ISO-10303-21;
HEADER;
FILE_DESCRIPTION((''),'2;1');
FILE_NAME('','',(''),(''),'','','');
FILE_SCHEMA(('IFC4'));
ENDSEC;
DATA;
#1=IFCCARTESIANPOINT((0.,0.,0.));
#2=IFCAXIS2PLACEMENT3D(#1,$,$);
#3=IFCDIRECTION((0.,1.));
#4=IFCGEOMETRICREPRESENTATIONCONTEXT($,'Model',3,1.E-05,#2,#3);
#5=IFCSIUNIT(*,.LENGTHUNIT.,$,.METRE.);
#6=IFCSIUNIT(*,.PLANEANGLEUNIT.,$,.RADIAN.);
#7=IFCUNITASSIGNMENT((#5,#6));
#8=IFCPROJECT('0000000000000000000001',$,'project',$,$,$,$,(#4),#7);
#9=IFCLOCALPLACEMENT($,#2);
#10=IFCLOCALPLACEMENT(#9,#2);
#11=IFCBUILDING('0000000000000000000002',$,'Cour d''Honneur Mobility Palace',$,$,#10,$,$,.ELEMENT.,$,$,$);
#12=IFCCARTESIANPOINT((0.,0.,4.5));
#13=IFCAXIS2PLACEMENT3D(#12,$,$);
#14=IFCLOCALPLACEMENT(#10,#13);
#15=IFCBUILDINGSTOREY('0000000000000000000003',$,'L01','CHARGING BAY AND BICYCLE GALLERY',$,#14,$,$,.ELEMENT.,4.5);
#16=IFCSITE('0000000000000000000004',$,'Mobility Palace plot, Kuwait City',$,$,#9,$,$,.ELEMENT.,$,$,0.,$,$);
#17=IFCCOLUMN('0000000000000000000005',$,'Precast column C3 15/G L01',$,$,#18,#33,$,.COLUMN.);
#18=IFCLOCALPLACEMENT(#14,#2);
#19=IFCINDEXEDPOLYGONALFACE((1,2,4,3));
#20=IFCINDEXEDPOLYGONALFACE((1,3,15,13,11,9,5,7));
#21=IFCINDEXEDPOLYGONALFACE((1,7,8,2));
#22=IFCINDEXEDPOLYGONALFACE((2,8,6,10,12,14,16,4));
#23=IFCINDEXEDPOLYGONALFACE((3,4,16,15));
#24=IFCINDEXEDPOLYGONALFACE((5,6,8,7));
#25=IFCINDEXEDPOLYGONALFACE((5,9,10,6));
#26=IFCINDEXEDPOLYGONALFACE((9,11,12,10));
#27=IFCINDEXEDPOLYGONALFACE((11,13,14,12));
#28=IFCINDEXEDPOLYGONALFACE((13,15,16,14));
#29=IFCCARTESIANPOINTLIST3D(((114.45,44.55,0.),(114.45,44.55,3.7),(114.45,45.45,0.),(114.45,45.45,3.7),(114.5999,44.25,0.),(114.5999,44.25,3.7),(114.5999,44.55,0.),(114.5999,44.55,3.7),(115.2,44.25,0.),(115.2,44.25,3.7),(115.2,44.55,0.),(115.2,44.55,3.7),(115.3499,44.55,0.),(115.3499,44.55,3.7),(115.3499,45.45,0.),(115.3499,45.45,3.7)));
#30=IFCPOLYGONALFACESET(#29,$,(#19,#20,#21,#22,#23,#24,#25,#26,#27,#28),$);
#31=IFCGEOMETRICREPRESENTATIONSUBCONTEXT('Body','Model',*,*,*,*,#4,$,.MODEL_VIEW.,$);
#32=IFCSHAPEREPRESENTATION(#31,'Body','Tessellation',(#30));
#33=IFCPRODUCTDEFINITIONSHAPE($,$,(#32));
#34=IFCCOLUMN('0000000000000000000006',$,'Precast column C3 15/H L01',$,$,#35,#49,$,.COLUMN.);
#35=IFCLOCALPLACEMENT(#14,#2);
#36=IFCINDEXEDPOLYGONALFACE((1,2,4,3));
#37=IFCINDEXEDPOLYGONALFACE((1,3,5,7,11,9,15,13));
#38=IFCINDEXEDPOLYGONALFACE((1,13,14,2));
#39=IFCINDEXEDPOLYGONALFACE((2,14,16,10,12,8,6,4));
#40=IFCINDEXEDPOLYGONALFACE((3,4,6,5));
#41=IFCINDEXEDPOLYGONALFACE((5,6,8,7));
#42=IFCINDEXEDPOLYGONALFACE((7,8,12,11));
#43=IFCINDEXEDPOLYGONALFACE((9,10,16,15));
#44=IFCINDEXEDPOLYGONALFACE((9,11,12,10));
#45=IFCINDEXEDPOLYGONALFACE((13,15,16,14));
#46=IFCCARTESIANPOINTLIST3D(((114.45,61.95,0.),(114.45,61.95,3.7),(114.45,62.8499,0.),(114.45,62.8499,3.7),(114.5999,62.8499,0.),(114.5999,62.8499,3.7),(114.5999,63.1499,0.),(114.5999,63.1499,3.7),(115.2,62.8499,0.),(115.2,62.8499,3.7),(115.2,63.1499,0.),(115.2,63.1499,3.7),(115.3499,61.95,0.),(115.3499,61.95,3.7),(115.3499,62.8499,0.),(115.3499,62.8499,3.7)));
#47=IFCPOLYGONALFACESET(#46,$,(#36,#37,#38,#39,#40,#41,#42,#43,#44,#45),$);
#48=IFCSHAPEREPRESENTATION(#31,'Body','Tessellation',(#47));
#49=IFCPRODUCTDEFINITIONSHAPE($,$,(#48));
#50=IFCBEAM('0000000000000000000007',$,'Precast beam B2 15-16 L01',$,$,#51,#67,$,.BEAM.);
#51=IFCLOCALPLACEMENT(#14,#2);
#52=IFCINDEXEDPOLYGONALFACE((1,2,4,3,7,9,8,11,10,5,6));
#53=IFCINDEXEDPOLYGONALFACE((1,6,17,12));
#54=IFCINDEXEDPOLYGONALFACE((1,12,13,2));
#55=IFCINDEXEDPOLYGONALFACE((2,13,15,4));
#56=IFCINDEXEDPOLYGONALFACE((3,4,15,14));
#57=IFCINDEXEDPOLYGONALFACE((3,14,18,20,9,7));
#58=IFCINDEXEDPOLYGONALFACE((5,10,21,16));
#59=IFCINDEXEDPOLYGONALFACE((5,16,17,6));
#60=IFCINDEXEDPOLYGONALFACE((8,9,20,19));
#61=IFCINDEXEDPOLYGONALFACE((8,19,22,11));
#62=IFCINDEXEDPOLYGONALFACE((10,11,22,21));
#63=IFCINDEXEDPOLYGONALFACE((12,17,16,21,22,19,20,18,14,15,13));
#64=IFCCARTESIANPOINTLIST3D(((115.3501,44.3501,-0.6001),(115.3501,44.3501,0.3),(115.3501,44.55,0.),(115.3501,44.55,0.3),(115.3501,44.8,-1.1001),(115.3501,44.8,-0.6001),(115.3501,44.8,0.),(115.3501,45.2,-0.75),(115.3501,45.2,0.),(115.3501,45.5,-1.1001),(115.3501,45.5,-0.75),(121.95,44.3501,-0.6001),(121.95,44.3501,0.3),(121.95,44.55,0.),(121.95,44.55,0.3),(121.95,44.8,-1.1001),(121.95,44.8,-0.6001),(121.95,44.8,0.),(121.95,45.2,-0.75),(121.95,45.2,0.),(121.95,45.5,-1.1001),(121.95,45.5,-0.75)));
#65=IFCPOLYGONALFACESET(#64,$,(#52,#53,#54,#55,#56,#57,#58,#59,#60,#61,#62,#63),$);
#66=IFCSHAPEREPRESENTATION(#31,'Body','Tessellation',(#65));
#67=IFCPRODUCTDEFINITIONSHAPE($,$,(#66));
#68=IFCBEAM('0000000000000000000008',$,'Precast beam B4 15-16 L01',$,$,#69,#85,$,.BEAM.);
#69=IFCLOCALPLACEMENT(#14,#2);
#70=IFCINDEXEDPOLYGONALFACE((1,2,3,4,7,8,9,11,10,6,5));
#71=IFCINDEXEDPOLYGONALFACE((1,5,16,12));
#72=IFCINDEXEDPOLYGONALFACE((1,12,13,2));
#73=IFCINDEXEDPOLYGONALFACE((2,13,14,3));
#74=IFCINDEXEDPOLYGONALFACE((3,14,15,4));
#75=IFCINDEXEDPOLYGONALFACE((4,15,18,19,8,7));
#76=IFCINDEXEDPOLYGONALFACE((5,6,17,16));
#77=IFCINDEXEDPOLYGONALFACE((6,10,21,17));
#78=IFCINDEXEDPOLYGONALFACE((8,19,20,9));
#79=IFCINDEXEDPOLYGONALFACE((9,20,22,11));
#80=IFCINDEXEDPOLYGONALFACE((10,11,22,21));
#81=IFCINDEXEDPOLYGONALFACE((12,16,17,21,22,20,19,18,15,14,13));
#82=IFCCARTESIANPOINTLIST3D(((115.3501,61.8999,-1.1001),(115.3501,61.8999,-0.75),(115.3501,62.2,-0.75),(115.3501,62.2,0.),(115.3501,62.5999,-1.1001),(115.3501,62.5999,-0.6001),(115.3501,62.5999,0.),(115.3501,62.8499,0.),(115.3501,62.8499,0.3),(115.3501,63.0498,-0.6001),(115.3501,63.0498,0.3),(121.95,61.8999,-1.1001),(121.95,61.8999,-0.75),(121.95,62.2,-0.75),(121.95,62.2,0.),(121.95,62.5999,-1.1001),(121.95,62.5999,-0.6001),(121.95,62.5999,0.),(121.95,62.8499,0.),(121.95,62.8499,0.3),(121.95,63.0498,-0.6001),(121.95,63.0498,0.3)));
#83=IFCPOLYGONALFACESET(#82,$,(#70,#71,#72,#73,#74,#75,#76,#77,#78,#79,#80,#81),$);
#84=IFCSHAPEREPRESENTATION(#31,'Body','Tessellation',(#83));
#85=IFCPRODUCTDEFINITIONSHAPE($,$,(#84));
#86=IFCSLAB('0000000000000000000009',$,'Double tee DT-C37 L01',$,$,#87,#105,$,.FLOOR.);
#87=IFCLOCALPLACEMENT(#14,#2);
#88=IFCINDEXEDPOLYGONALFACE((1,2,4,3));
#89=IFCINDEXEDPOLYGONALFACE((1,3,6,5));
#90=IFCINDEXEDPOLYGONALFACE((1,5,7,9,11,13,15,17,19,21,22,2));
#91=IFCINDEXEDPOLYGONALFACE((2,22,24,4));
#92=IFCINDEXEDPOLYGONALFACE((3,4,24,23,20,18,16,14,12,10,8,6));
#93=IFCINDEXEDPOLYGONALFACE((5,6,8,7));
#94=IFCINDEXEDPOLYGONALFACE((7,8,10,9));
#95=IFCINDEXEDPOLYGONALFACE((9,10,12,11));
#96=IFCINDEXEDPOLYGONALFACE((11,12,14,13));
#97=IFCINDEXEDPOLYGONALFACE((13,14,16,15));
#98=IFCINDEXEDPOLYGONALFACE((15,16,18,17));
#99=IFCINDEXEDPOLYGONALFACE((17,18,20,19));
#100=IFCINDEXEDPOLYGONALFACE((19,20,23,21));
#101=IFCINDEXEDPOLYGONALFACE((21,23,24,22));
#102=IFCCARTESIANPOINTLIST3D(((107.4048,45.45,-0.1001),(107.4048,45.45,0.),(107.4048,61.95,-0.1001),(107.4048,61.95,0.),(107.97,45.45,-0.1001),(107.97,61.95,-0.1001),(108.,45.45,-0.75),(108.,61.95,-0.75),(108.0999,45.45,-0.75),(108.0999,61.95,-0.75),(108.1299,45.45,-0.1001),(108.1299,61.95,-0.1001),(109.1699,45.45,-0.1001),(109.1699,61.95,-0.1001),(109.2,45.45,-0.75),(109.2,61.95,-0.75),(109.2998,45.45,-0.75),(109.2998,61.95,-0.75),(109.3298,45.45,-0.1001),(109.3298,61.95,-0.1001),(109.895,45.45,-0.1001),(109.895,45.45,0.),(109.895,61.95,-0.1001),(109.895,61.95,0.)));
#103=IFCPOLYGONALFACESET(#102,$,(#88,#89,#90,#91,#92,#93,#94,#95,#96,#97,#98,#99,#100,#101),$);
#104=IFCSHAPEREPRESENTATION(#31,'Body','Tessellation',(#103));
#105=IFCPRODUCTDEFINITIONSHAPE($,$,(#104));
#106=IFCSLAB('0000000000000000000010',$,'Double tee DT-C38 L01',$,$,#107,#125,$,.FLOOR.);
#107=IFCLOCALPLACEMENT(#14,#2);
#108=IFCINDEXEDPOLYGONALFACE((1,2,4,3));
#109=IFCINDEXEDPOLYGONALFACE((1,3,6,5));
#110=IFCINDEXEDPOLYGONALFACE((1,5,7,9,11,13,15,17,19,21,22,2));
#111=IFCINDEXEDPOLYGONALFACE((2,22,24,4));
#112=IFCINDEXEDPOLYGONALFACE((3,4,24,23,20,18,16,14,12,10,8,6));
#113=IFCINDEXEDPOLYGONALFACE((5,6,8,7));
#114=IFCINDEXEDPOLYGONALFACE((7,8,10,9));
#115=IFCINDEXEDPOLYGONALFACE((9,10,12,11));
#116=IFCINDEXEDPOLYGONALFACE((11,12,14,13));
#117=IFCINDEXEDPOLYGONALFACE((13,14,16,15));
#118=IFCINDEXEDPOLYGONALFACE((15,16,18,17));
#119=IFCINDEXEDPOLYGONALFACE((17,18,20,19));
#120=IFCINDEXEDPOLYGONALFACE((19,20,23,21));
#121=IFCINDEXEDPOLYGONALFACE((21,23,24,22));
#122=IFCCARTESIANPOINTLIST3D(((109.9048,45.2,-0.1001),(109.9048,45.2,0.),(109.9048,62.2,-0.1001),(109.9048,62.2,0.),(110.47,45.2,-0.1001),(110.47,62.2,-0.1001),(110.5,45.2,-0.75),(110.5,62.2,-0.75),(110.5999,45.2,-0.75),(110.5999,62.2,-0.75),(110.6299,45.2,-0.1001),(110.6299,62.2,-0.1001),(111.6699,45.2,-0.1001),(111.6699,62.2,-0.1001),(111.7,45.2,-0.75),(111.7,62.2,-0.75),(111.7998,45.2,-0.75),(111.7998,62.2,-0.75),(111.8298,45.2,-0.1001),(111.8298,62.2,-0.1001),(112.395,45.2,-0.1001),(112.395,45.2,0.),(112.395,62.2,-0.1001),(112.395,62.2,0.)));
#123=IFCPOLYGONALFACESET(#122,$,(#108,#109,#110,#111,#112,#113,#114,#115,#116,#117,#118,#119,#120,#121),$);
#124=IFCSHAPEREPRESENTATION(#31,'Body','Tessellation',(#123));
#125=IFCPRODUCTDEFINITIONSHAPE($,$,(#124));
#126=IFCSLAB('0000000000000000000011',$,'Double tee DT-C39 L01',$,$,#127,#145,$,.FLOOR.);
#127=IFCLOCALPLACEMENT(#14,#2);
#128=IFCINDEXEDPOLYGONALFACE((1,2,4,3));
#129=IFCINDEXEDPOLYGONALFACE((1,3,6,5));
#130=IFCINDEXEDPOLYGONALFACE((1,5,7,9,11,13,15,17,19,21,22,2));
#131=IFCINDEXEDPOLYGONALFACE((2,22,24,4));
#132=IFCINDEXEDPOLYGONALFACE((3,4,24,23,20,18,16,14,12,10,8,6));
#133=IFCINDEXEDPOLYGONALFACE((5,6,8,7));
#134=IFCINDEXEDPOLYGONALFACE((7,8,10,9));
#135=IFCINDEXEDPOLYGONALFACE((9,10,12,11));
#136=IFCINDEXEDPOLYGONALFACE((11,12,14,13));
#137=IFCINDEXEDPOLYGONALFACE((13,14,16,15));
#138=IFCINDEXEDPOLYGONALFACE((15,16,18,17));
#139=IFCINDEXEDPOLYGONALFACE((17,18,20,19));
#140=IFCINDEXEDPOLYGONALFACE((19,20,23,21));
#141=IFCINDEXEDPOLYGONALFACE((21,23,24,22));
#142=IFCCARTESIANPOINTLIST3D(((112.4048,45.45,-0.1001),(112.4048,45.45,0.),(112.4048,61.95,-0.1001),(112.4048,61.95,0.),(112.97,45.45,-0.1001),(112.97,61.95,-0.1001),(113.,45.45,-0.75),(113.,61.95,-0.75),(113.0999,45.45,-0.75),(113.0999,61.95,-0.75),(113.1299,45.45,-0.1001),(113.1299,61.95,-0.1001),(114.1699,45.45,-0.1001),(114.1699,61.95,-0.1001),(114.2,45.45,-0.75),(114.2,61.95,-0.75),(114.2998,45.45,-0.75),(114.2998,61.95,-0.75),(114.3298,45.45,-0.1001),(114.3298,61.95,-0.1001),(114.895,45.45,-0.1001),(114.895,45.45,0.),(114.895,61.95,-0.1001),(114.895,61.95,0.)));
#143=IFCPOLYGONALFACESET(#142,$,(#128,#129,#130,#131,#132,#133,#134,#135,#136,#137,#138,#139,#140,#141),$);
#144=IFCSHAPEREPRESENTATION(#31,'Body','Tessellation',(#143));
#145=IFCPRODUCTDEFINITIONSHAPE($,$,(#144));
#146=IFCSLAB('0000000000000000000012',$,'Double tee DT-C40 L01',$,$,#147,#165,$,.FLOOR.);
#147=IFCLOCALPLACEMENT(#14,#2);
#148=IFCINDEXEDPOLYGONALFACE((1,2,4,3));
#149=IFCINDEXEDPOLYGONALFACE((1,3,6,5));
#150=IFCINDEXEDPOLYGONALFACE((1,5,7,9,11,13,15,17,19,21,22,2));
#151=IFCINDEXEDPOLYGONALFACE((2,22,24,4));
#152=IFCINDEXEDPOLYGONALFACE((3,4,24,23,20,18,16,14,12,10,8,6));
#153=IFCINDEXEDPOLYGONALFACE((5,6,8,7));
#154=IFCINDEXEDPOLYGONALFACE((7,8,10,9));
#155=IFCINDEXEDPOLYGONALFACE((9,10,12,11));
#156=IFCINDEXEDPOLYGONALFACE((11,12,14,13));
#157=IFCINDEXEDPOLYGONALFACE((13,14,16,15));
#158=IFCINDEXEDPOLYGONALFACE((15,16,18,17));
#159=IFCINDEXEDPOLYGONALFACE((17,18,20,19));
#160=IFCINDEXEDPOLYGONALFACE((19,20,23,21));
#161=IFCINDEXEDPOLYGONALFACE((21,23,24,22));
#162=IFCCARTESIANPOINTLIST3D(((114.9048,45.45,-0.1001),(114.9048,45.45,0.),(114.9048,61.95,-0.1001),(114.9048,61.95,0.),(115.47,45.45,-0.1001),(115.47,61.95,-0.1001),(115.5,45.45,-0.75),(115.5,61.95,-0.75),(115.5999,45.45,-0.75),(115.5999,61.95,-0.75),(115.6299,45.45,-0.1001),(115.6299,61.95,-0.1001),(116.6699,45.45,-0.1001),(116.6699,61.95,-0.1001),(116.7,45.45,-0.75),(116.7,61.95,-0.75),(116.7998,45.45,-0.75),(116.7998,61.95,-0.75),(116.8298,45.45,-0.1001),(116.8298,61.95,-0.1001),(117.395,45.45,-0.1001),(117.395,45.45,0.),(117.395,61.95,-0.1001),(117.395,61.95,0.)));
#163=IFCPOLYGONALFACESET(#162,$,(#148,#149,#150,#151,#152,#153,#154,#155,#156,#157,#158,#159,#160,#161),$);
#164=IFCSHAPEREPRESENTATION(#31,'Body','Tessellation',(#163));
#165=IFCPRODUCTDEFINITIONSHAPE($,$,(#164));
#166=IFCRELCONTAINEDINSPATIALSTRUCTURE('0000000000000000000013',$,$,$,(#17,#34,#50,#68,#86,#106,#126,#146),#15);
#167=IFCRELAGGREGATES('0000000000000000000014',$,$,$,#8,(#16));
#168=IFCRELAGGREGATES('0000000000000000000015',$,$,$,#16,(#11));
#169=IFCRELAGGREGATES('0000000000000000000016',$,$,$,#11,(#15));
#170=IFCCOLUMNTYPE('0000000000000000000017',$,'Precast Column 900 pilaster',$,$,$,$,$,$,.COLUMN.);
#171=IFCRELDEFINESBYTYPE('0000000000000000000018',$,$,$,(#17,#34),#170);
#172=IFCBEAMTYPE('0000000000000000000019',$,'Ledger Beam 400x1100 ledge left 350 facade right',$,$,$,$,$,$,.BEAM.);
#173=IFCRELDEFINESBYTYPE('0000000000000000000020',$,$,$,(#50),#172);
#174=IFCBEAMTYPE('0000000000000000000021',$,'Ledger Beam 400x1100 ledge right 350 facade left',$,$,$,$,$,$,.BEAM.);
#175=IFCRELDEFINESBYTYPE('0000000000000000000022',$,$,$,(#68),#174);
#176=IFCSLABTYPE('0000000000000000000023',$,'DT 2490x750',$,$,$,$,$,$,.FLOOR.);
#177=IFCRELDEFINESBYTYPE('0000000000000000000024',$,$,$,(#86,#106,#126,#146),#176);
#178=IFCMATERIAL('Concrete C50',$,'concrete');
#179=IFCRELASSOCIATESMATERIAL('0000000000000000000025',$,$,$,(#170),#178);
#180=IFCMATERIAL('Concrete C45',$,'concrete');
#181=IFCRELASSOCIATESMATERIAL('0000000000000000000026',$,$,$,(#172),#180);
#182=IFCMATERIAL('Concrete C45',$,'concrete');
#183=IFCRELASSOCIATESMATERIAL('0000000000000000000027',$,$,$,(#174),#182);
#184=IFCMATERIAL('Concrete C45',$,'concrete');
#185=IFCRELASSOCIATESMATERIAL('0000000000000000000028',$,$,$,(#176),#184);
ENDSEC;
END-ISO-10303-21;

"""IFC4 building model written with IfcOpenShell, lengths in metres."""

from ifc_helpers import new_model, si_unit, direction, frame, origin, place, context, subcontext, project, spatial, polyline, outline, extrude, material, material_profile, profile_set, type_object, element, save


model = new_model("IFC4")

# Units and contexts
model_context = context("Model", 3, precision=1e-05, world=origin(), true_north=direction((0.0, 1.0)))
body_context = subcontext(model_context, "Body", "Model", "MODEL_VIEW")
ifc_project = project(units=[si_unit("LENGTHUNIT", "METRE"), si_unit("PLANEANGLEUNIT", "RADIAN")], contexts=[model_context])

# Site, building, storey
site_placement = place(None, origin())
site = spatial("IfcSite", under=ifc_project, at=site_placement, Name="Mobility Palace plot, Kuwait City", CompositionType="ELEMENT", RefElevation=0.0)
building_placement = place(site_placement, origin())
building = spatial("IfcBuilding", under=site, at=building_placement, Name="Cour d'Honneur Mobility Palace", CompositionType="ELEMENT")
storey_placement = place(building_placement, frame((0.0, 0.0, 4.5)))
storey = spatial("IfcBuildingStorey", under=building, at=storey_placement, Name="L01", Description="CHARGING BAY AND BICYCLE GALLERY", CompositionType="ELEMENT", Elevation=4.5)

# Columns
ifc_material_1 = material(Name="Concrete C50", Category="concrete")
ifc_material_profile_1 = material_profile(ifc_material_1, outline(polyline([(-0.45, -0.45), (0.45, -0.45), (0.45, -0.3), (0.75, -0.3), (0.75, 0.3), (0.45, 0.3), (0.45, 0.45), (-0.45, 0.45), (-0.45, -0.45)])), Name="PC C900 pilaster")
ifc_profile_set_1 = profile_set([ifc_material_profile_1], Name="Concrete C50")
column_type = type_object("IfcColumnType", Name="Precast Column 900 pilaster", PredefinedType="COLUMN", material=ifc_profile_set_1)
for number, where, z_axis, x_axis, name in (
    (1, (114.8999, 45.0, 0.0), (0.0, 0.0, 1.0), (0.0, -1.0, 0.0), "Precast column C3 15/G L01"),
    (2, (114.8999, 62.3999, 0.0), (0.0, 0.0, 1.0), (0.0, 1.0, 0.0), "Precast column C3 15/H L01"),
):
    element("IfcColumn", number, at=place(storey_placement, frame(where, z_axis=z_axis, x_axis=x_axis)), inside=storey, type_object=column_type, Name=name, PredefinedType="COLUMN", context=body_context, shape_type="SweptSolid", body=[
        extrude(outline(polyline([(-0.45, -0.45), (0.45, -0.45), (0.45, -0.3), (0.75, -0.3), (0.75, 0.3), (0.45, 0.3), (0.45, 0.45), (-0.45, 0.45), (-0.45, -0.45)])), origin(), (0.0, 0.0, 1.0), 3.7),
    ])

# Beams
ifc_material_2 = material(Name="Concrete C45", Category="concrete")
ifc_material_profile_2 = material_profile(ifc_material_2, outline(polyline([(0.5, -1.1001), (0.5, -0.75), (0.2, -0.75), (0.2, 0.0), (-0.2, 0.0), (-0.45, 0.0), (-0.45, 0.3), (-0.6499, 0.3), (-0.6499, -0.6001), (-0.2, -0.6001), (-0.2, -1.1001), (0.5, -1.1001)])), Name="Ledger Beam 400x1100 ledge left 350 facade right")
ifc_profile_set_2 = profile_set([ifc_material_profile_2], Name="Concrete C45")
beam_type_1 = type_object("IfcBeamType", Name="Ledger Beam 400x1100 ledge left 350 facade right", PredefinedType="BEAM", material=ifc_profile_set_2)
beam_1_placement = place(storey_placement, frame((115.3501, 45.0, 0.0), z_axis=(1.0, 0.0, 0.0), x_axis=(0.0, 1.0, 0.0)))
element("IfcBeam", 3, at=beam_1_placement, inside=storey, type_object=beam_type_1, Name="Precast beam B2 15-16 L01", PredefinedType="BEAM", context=body_context, shape_type="SweptSolid", body=[
    extrude(outline(polyline([(0.5, -1.1001), (0.5, -0.75), (0.2, -0.75), (0.2, 0.0), (-0.2, 0.0), (-0.45, 0.0), (-0.45, 0.3), (-0.6499, 0.3), (-0.6499, -0.6001), (-0.2, -0.6001), (-0.2, -1.1001), (0.5, -1.1001)])), origin(), (0.0, 0.0, 1.0), 6.5999),
])
ifc_material_3 = material(Name="Concrete C45", Category="concrete")
ifc_material_profile_3 = material_profile(ifc_material_3, outline(polyline([(0.2, -1.1001), (0.2, -0.6001), (0.6499, -0.6001), (0.6499, 0.3), (0.45, 0.3), (0.45, 0.0), (0.2, 0.0), (-0.2, 0.0), (-0.2, -0.75), (-0.5, -0.75), (-0.5, -1.1001), (0.2, -1.1001)])), Name="Ledger Beam 400x1100 ledge right 350 facade left")
ifc_profile_set_3 = profile_set([ifc_material_profile_3], Name="Concrete C45")
beam_type_2 = type_object("IfcBeamType", Name="Ledger Beam 400x1100 ledge right 350 facade left", PredefinedType="BEAM", material=ifc_profile_set_3)
beam_2_placement = place(storey_placement, frame((115.3501, 62.3999, 0.0), z_axis=(1.0, 0.0, 0.0), x_axis=(0.0, 1.0, 0.0)))
element("IfcBeam", 4, at=beam_2_placement, inside=storey, type_object=beam_type_2, Name="Precast beam B4 15-16 L01", PredefinedType="BEAM", context=body_context, shape_type="SweptSolid", body=[
    extrude(outline(polyline([(0.2, -1.1001), (0.2, -0.6001), (0.6499, -0.6001), (0.6499, 0.3), (0.45, 0.3), (0.45, 0.0), (0.2, 0.0), (-0.2, 0.0), (-0.2, -0.75), (-0.5, -0.75), (-0.5, -1.1001), (0.2, -1.1001)])), origin(), (0.0, 0.0, 1.0), 6.5999),
])

# Slabs
ifc_material_4 = material(Name="Concrete C45", Category="concrete")
ifc_material_profile_4 = material_profile(ifc_material_4, outline(polyline([(-1.2451, 0.0), (1.2451, 0.0), (1.2451, -0.1001), (0.6799, -0.1001), (0.6499, -0.75), (0.55, -0.75), (0.52, -0.1001), (-0.52, -0.1001), (-0.55, -0.75), (-0.6499, -0.75), (-0.6799, -0.1001), (-1.2451, -0.1001), (-1.2451, 0.0)])), Name="DT 2490x750")
ifc_profile_set_4 = profile_set([ifc_material_profile_4], Name="Concrete C45")
slab_type = type_object("IfcSlabType", Name="DT 2490x750", PredefinedType="FLOOR", material=ifc_profile_set_4)
slab_1_placement = place(storey_placement, frame((108.6499, 45.45, 0.0), z_axis=(0.0, 1.0, 0.0), x_axis=(-1.0, 0.0, 0.0)))
element("IfcSlab", 5, at=slab_1_placement, inside=storey, type_object=slab_type, Name="Double tee DT-C37 L01", PredefinedType="FLOOR", context=body_context, shape_type="SweptSolid", body=[
    extrude(outline(polyline([(-1.2451, 0.0), (1.2451, 0.0), (1.2451, -0.1001), (0.6799, -0.1001), (0.6499, -0.75), (0.55, -0.75), (0.52, -0.1001), (-0.52, -0.1001), (-0.55, -0.75), (-0.6499, -0.75), (-0.6799, -0.1001), (-1.2451, -0.1001), (-1.2451, 0.0)])), origin(), (0.0, 0.0, 1.0), 16.5),
])
slab_2_placement = place(storey_placement, frame((111.1499, 45.2, 0.0), z_axis=(0.0, 1.0, 0.0), x_axis=(-1.0, 0.0, 0.0)))
element("IfcSlab", 6, at=slab_2_placement, inside=storey, type_object=slab_type, Name="Double tee DT-C38 L01", PredefinedType="FLOOR", context=body_context, shape_type="SweptSolid", body=[
    extrude(outline(polyline([(-1.2451, 0.0), (1.2451, 0.0), (1.2451, -0.1001), (0.6799, -0.1001), (0.6499, -0.75), (0.55, -0.75), (0.52, -0.1001), (-0.52, -0.1001), (-0.55, -0.75), (-0.6499, -0.75), (-0.6799, -0.1001), (-1.2451, -0.1001), (-1.2451, 0.0)])), origin(), (0.0, 0.0, 1.0), 17.0),
])
for number, where, z_axis, x_axis, name in (
    (7, (113.6499, 45.45, 0.0), (0.0, 1.0, 0.0), (-1.0, 0.0, 0.0), "Double tee DT-C39 L01"),
    (8, (116.1499, 45.45, 0.0), (0.0, 1.0, 0.0), (-1.0, 0.0, 0.0), "Double tee DT-C40 L01"),
):
    element("IfcSlab", number, at=place(storey_placement, frame(where, z_axis=z_axis, x_axis=x_axis)), inside=storey, type_object=slab_type, Name=name, PredefinedType="FLOOR", context=body_context, shape_type="SweptSolid", body=[
        extrude(outline(polyline([(-1.2451, 0.0), (1.2451, 0.0), (1.2451, -0.1001), (0.6799, -0.1001), (0.6499, -0.75), (0.55, -0.75), (0.52, -0.1001), (-0.52, -0.1001), (-0.55, -0.75), (-0.6499, -0.75), (-0.6799, -0.1001), (-1.2451, -0.1001), (-1.2451, 0.0)])), origin(), (0.0, 0.0, 1.0), 16.5),
    ])

save(model, "model.ifc")
